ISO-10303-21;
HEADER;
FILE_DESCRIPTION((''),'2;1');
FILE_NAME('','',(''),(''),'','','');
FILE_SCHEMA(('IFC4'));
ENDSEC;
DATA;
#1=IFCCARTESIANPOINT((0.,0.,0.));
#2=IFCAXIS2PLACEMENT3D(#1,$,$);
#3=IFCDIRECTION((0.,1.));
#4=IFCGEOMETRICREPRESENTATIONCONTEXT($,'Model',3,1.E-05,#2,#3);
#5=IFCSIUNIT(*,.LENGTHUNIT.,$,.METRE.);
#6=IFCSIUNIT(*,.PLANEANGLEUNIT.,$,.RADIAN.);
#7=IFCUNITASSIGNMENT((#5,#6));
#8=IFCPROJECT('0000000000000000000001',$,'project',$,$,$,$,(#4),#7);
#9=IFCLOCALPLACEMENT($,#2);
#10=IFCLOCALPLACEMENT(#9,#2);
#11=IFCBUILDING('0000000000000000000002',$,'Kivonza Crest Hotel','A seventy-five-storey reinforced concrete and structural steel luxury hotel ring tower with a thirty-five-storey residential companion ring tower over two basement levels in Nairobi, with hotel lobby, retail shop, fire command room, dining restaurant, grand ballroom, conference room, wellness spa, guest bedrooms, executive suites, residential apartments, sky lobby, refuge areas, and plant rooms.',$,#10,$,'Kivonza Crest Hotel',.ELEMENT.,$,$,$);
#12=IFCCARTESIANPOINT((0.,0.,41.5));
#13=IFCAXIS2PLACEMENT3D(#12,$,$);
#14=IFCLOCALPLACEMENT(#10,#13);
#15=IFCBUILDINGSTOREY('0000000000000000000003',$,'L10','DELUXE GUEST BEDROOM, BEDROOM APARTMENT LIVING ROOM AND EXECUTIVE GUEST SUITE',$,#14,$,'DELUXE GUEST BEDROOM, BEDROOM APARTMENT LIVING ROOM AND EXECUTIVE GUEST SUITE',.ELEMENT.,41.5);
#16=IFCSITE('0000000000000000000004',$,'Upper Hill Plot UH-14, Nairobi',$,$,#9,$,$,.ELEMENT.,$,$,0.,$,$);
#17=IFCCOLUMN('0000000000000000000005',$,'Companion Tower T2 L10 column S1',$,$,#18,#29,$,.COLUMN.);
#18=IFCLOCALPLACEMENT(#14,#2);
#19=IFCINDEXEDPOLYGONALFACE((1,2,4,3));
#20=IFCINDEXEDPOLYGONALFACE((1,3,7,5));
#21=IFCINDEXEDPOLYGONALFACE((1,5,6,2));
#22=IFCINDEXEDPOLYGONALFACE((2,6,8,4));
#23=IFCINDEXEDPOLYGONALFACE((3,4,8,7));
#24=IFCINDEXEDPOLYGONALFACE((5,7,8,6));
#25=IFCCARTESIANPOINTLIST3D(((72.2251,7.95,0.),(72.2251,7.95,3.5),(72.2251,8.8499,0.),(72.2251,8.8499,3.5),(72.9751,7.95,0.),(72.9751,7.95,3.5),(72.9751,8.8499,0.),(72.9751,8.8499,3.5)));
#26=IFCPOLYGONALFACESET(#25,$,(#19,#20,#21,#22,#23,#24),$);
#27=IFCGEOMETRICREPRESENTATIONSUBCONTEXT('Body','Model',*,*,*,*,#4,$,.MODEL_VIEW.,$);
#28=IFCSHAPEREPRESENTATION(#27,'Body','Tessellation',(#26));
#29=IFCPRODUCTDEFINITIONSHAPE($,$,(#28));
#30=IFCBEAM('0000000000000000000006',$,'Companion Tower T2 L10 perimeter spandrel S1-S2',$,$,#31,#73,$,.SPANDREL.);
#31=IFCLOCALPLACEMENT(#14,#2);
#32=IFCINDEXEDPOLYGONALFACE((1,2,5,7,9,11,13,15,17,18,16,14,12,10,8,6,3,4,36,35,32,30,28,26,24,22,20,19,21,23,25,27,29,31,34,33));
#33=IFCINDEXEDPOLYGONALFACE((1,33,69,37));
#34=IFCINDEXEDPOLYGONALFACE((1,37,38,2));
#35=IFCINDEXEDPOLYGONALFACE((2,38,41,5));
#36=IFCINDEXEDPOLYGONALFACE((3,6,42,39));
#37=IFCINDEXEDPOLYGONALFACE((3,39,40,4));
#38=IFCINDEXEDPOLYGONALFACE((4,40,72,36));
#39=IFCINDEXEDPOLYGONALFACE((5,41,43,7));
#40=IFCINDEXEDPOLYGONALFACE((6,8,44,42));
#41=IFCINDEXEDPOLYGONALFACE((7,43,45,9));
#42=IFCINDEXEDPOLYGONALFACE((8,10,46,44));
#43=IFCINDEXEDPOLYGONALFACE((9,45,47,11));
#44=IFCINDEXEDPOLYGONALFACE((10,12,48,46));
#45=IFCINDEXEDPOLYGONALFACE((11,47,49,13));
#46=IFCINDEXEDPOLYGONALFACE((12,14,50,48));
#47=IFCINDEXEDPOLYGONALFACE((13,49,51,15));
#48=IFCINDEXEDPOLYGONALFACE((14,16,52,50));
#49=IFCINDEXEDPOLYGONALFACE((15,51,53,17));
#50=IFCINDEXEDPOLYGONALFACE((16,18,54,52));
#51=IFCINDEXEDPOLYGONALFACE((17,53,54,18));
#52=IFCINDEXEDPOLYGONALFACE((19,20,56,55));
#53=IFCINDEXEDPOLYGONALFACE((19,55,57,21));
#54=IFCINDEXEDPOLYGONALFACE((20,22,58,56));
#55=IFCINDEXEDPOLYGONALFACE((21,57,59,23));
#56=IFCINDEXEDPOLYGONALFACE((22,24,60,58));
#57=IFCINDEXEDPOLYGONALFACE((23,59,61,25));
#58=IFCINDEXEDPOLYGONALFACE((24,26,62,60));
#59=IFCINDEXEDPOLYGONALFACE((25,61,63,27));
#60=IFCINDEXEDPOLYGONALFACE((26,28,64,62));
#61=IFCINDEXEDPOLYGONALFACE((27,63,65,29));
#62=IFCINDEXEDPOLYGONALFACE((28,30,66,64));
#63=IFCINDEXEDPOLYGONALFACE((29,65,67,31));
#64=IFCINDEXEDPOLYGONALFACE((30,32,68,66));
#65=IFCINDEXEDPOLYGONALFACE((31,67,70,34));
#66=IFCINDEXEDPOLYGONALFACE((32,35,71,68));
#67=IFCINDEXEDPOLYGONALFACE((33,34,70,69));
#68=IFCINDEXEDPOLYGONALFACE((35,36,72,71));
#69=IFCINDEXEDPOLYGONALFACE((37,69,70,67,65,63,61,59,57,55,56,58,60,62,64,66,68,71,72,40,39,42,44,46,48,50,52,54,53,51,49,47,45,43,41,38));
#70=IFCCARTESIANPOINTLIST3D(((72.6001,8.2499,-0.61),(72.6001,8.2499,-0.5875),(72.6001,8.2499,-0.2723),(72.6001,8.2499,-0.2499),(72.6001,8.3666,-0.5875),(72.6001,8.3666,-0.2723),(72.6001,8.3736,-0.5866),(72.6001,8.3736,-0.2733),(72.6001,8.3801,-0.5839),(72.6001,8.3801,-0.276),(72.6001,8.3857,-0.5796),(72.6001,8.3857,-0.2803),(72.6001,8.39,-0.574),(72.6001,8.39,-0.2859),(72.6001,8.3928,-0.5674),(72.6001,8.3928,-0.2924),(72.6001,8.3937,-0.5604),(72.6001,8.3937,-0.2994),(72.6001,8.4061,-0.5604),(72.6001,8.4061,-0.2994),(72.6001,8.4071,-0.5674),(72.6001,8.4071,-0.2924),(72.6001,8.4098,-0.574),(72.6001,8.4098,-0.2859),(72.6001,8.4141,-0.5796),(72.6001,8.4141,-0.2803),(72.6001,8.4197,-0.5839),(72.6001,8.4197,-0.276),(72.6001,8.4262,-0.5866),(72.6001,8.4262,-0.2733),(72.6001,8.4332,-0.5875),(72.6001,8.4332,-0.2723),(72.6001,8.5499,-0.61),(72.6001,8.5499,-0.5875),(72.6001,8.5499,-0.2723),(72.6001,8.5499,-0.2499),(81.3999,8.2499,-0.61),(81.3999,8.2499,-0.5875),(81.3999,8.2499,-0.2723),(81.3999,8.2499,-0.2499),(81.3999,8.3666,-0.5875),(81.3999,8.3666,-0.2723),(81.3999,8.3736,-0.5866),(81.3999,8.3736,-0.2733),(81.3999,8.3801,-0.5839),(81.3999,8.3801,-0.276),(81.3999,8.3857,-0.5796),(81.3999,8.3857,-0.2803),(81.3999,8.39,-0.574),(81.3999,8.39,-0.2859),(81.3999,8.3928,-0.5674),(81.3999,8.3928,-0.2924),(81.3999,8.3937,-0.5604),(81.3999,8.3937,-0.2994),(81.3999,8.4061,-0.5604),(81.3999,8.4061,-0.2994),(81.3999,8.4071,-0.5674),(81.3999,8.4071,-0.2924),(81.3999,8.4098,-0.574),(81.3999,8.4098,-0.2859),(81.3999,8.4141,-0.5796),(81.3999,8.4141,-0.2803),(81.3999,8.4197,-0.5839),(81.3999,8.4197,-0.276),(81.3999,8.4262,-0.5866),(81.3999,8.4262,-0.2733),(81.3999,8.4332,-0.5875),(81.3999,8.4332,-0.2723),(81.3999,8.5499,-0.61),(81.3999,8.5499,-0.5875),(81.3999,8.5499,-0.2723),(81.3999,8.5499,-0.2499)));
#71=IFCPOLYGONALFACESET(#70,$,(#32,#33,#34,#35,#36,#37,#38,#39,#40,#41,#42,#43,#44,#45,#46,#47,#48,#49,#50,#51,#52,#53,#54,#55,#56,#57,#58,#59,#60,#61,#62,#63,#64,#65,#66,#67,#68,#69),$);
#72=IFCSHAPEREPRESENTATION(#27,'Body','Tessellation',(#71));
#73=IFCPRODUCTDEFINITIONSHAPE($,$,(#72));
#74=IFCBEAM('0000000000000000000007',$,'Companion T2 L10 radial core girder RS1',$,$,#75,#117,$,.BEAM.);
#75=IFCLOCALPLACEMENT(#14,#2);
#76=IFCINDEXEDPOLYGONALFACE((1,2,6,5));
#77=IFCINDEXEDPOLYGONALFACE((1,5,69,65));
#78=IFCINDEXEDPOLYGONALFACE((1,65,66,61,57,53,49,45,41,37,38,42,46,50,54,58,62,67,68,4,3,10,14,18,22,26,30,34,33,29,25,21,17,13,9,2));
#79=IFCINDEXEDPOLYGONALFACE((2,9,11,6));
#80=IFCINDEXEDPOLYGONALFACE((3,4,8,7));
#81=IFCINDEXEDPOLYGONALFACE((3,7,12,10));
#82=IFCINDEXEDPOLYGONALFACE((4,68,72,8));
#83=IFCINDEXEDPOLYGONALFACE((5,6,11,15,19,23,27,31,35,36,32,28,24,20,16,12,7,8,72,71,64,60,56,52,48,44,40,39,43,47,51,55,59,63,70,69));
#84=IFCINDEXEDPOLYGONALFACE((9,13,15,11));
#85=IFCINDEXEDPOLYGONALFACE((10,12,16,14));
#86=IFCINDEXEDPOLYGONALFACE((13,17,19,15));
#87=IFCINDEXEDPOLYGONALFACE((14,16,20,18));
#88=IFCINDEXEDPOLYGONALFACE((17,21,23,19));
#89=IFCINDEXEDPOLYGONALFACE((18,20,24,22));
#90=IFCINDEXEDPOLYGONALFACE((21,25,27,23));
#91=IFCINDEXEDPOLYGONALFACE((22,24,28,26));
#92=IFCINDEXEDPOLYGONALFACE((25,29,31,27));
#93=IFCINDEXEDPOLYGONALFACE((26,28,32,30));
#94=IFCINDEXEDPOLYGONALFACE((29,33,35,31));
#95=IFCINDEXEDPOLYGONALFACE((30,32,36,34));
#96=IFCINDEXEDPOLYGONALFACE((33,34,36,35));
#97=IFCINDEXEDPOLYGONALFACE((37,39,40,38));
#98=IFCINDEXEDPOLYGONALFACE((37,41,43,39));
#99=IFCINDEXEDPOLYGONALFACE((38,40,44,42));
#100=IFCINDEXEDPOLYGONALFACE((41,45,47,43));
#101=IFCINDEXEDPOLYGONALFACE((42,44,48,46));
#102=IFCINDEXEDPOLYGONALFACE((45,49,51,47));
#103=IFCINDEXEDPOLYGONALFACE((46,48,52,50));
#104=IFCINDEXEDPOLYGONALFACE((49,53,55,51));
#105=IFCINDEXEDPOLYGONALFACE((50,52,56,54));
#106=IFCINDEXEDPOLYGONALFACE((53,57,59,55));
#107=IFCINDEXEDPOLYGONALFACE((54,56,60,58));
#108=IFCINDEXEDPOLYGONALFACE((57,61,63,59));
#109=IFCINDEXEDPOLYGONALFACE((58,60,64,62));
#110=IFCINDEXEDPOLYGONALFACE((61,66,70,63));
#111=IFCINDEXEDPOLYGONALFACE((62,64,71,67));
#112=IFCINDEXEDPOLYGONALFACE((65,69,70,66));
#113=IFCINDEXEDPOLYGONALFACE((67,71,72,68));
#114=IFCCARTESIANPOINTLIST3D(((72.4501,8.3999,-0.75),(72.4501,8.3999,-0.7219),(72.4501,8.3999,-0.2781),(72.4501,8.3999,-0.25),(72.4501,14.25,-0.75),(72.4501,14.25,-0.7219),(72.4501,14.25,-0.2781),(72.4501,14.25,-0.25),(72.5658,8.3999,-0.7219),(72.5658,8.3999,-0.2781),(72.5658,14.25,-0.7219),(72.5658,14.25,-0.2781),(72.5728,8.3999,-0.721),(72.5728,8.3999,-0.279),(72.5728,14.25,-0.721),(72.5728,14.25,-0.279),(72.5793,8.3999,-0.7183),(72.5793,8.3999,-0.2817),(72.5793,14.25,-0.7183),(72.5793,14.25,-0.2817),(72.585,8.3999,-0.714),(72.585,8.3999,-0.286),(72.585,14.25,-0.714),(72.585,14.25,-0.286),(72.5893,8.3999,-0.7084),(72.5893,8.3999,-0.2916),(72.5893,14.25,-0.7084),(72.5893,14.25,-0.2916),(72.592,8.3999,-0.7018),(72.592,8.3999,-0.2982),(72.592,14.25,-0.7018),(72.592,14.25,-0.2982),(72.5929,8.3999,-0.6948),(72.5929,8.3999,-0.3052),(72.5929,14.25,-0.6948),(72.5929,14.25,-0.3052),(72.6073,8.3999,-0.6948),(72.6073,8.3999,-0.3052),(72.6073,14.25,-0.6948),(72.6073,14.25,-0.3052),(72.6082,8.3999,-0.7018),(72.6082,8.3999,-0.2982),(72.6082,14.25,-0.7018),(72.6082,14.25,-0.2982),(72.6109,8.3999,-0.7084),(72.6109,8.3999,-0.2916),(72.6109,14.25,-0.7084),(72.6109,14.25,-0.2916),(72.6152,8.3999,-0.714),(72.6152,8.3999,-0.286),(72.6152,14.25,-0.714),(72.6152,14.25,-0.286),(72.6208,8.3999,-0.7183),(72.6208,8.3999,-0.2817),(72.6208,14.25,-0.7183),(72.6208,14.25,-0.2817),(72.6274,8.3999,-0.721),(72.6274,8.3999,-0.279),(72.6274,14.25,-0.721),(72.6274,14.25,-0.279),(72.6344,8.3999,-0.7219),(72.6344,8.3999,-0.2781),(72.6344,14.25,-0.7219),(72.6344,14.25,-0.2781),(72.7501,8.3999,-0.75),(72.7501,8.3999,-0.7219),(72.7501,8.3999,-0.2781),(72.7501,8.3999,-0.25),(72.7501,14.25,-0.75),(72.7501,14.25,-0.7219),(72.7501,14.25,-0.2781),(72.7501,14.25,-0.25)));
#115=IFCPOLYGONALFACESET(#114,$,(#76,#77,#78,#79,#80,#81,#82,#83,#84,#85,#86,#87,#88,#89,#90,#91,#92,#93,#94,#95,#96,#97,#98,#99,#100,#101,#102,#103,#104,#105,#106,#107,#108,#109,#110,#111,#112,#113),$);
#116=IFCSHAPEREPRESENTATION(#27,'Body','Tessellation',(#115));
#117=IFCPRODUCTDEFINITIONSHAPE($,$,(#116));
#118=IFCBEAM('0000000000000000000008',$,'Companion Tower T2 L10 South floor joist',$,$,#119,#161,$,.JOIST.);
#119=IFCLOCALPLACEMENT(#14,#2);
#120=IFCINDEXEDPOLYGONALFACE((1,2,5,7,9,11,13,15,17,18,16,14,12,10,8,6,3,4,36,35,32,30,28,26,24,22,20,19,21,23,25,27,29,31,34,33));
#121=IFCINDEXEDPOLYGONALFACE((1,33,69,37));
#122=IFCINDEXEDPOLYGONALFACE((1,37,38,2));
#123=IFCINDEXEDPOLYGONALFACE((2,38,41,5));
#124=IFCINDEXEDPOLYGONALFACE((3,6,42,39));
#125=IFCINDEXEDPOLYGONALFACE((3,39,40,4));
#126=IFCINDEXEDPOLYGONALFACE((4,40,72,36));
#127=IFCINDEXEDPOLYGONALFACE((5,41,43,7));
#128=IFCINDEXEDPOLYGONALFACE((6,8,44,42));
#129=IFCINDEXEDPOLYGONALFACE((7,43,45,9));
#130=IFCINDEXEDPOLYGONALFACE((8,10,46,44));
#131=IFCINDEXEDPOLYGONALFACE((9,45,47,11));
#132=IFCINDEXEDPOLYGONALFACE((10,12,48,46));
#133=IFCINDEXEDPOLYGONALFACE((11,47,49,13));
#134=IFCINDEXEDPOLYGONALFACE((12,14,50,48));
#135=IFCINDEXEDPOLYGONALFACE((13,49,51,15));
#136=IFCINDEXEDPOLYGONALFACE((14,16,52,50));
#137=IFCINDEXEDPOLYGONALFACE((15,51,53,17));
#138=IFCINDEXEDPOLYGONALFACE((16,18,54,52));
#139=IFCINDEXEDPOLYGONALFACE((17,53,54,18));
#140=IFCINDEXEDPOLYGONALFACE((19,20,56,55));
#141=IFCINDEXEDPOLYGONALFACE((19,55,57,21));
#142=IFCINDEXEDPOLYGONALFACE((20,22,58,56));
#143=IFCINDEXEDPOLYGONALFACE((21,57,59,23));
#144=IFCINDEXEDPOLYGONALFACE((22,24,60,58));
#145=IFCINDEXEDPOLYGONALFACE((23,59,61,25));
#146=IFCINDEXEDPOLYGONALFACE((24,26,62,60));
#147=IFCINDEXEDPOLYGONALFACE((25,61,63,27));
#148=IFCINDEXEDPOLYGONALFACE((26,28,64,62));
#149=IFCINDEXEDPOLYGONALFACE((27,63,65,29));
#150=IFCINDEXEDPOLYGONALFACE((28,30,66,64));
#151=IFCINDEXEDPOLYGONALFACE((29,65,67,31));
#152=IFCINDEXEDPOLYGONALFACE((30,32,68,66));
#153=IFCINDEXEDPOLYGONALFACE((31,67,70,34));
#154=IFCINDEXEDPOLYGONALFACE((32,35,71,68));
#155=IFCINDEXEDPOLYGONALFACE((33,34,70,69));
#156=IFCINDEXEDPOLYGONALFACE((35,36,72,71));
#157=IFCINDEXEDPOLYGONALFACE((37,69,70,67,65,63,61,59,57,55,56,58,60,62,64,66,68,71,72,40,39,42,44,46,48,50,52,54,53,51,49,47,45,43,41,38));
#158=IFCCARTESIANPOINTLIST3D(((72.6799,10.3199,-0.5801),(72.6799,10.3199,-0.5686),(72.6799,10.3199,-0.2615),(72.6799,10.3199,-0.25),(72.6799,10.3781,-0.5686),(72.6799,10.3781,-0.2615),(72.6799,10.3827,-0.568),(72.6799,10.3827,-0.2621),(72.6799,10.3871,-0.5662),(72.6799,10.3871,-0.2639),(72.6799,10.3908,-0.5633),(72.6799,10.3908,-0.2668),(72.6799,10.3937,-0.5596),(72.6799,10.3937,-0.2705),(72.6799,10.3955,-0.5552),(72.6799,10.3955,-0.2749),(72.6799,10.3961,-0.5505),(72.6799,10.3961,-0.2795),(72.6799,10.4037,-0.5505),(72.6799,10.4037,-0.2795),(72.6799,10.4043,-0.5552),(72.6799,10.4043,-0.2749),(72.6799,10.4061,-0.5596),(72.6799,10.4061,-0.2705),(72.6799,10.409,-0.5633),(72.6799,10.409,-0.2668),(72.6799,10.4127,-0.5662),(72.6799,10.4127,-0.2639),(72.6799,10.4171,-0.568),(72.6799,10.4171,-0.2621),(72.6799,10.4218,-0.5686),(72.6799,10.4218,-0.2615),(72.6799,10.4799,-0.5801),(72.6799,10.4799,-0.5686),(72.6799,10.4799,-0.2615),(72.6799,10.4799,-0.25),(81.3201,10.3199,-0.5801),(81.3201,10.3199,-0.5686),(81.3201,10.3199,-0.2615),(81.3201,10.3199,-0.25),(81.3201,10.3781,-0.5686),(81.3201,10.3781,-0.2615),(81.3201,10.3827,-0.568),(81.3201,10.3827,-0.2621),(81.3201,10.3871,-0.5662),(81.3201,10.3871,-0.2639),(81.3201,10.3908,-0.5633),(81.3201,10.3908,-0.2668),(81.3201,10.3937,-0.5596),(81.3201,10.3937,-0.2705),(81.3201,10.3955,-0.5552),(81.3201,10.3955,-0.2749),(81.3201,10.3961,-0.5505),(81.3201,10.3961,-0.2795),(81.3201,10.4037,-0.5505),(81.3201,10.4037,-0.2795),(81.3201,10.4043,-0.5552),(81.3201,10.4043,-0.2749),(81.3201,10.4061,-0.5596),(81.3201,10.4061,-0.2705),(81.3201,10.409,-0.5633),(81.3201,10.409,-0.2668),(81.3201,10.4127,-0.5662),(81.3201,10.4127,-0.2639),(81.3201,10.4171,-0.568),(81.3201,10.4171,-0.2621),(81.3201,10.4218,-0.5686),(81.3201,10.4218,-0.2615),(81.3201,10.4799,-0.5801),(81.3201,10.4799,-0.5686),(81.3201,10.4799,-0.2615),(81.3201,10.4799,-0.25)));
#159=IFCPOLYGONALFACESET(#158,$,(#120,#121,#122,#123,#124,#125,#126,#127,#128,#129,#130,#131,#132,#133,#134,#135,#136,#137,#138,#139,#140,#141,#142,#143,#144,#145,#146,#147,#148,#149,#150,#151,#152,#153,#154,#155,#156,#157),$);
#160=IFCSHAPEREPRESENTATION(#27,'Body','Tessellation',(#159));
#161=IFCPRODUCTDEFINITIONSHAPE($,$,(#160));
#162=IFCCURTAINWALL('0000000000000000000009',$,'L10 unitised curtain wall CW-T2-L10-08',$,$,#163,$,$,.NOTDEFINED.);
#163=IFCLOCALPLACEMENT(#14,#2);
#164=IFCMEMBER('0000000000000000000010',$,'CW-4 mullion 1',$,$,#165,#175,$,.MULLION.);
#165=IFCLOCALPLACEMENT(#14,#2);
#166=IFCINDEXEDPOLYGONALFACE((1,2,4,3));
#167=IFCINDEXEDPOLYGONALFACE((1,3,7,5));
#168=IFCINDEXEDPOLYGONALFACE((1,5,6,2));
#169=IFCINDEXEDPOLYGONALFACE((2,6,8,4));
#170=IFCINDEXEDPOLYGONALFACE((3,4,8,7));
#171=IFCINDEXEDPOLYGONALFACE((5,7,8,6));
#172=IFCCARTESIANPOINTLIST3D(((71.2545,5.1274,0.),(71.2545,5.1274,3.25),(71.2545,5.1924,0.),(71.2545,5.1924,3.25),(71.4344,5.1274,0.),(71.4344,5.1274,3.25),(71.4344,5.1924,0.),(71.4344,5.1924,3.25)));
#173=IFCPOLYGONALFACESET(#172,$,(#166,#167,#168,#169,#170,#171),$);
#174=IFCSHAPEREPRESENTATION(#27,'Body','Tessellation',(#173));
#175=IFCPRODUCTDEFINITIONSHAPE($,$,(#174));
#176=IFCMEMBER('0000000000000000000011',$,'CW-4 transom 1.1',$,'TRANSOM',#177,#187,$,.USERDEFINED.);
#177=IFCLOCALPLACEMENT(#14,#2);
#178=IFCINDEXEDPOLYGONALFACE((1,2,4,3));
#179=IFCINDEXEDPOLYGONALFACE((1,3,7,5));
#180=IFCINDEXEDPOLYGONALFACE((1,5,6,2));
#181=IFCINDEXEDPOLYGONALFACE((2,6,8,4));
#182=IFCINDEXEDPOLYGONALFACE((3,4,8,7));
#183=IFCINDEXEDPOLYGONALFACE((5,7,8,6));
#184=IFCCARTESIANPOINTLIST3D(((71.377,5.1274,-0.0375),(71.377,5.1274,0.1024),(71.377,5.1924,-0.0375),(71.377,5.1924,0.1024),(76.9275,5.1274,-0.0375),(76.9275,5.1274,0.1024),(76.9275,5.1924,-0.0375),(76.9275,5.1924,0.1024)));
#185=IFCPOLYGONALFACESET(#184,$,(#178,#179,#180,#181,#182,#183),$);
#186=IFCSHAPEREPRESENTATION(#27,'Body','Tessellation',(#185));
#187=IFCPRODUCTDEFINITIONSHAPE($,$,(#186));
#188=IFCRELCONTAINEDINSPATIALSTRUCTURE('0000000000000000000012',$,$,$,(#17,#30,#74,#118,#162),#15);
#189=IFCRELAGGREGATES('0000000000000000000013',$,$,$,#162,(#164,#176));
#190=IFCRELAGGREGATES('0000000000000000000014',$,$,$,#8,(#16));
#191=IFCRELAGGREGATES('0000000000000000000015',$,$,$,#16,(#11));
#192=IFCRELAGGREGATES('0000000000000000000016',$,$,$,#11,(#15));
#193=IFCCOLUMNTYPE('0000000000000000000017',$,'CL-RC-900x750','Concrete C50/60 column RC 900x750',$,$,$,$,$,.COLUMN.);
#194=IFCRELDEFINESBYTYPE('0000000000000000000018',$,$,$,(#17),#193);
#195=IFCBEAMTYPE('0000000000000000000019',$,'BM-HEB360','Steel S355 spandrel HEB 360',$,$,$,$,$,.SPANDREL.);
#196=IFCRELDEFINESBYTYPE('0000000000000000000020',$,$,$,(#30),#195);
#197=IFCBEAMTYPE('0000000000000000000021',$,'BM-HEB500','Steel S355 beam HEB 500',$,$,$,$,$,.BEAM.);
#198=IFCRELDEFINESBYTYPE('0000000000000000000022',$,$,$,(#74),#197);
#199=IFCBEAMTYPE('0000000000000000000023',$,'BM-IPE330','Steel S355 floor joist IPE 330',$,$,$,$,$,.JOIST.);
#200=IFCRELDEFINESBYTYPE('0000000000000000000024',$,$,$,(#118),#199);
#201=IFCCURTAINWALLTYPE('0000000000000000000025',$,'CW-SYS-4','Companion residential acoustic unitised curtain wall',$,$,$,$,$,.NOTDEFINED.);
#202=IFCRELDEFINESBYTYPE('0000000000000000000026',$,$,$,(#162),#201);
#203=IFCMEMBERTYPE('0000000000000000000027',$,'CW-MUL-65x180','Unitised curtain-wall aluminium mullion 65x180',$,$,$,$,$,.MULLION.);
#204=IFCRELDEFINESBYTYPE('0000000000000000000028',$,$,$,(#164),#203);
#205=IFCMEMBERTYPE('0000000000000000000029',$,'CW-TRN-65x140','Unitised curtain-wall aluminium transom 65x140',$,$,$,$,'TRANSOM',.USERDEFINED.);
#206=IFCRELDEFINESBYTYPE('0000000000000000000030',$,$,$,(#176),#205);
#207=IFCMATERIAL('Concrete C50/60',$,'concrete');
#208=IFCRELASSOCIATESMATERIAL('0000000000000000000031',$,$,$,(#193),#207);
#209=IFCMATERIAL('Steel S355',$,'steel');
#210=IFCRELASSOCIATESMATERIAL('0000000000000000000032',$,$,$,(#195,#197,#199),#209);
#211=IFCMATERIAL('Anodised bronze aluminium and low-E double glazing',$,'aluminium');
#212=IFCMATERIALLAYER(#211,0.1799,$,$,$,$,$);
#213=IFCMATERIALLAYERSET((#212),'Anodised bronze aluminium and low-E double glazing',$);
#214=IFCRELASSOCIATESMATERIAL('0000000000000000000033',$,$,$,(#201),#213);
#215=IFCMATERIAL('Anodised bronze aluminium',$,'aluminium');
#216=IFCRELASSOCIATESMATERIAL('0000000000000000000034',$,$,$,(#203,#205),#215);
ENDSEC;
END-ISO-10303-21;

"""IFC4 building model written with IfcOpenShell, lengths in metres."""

from ifc_helpers import new_model, si_unit, direction, frame, origin, origin_2d, place, context, subcontext, project, spatial, rectangle, i_section, extrude, material, layer, layer_set, material_profile, profile_set, type_object, element, aggregate, save


model = new_model("IFC4")

# Units and contexts
model_context = context("Model", 3, precision=1e-05, world=origin(), true_north=direction((0.0, 1.0)))
body_context = subcontext(model_context, "Body", "Model", "MODEL_VIEW")
ifc_project = project(units=[si_unit("LENGTHUNIT", "METRE"), si_unit("PLANEANGLEUNIT", "RADIAN")], contexts=[model_context])

# Site, building, storey
site_placement = place(None, origin())
site = spatial("IfcSite", under=ifc_project, at=site_placement, Name="Upper Hill Plot UH-14, Nairobi", CompositionType="ELEMENT", RefElevation=0.0)
building_placement = place(site_placement, origin())
building = spatial("IfcBuilding", under=site, at=building_placement, Name="Kivonza Crest Hotel", Description="A seventy-five-storey reinforced concrete and structural steel luxury hotel ring tower with a thirty-five-storey residential companion ring tower over two basement levels in Nairobi, with hotel lobby, retail shop, fire command room, dining restaurant, grand ballroom, conference room, wellness spa, guest bedrooms, executive suites, residential apartments, sky lobby, refuge areas, and plant rooms.", LongName="Kivonza Crest Hotel", CompositionType="ELEMENT")
storey_placement = place(building_placement, frame((0.0, 0.0, 41.5)))
storey = spatial("IfcBuildingStorey", under=building, at=storey_placement, Name="L10", Description="DELUXE GUEST BEDROOM, BEDROOM APARTMENT LIVING ROOM AND EXECUTIVE GUEST SUITE", LongName="DELUXE GUEST BEDROOM, BEDROOM APARTMENT LIVING ROOM AND EXECUTIVE GUEST SUITE", CompositionType="ELEMENT", Elevation=41.5)

# Column
ifc_material_1 = material(Name="Concrete C50/60", Category="concrete")
ifc_material_profile_1 = material_profile(ifc_material_1, rectangle(XDim=0.75, YDim=0.8999, at=origin_2d()), Name="RC 900x750")
ifc_profile_set_1 = profile_set([ifc_material_profile_1], Name="Concrete C50/60")
column_type = type_object("IfcColumnType", Name="CL-RC-900x750", Description="Concrete C50/60 column RC 900x750", PredefinedType="COLUMN", material=ifc_profile_set_1)
column_placement = place(storey_placement, frame((72.6001, 8.3999, 0.0), z_axis=(0.0, 0.0, 1.0), x_axis=(1.0, 0.0, 0.0)))
element("IfcColumn", 1, at=column_placement, inside=storey, type_object=column_type, Name="Companion Tower T2 L10 column S1", PredefinedType="COLUMN", context=body_context, shape_type="SweptSolid", body=[
    extrude(rectangle(XDim=0.75, YDim=0.8999, at=origin_2d()), origin(), (0.0, 0.0, 1.0), 3.5),
])

# Beams
ifc_material_2 = material(Name="Steel S355", Category="steel")
ifc_material_profile_2 = material_profile(ifc_material_2, i_section(OverallWidth=0.3, OverallDepth=0.3601, WebThickness=0.0125, FlangeThickness=0.0225, FilletRadius=0.0271, at=origin_2d()), Name="HEB 360")
ifc_profile_set_2 = profile_set([ifc_material_profile_2], Name="Steel S355")
beam_type_1 = type_object("IfcBeamType", Name="BM-HEB360", Description="Steel S355 spandrel HEB 360", PredefinedType="SPANDREL", material=ifc_profile_set_2)
beam_1_placement = place(storey_placement, frame((72.6001, 8.3999, -0.4299), z_axis=(1.0, 0.0, 0.0), x_axis=(0.0, 1.0, 0.0)))
element("IfcBeam", 2, at=beam_1_placement, inside=storey, type_object=beam_type_1, Name="Companion Tower T2 L10 perimeter spandrel S1-S2", PredefinedType="SPANDREL", context=body_context, shape_type="SweptSolid", body=[
    extrude(i_section(OverallWidth=0.3, OverallDepth=0.3601, WebThickness=0.0125, FlangeThickness=0.0225, FilletRadius=0.0271, at=origin_2d()), origin(), (0.0, 0.0, 1.0), 8.7998),
])
ifc_material_profile_3 = material_profile(ifc_material_2, i_section(OverallWidth=0.3, OverallDepth=0.5, WebThickness=0.0144, FlangeThickness=0.0281, FilletRadius=0.0271, at=origin_2d()), Name="HEB 500")
ifc_profile_set_3 = profile_set([ifc_material_profile_3], Name="Steel S355")
beam_type_2 = type_object("IfcBeamType", Name="BM-HEB500", Description="Steel S355 beam HEB 500", PredefinedType="BEAM", material=ifc_profile_set_3)
beam_2_placement = place(storey_placement, frame((72.6001, 8.3999, -0.5), z_axis=(0.0, 1.0, 0.0), x_axis=(-1.0, 0.0, 0.0)))
element("IfcBeam", 3, at=beam_2_placement, inside=storey, type_object=beam_type_2, Name="Companion T2 L10 radial core girder RS1", PredefinedType="BEAM", context=body_context, shape_type="SweptSolid", body=[
    extrude(i_section(OverallWidth=0.3, OverallDepth=0.5, WebThickness=0.0144, FlangeThickness=0.0281, FilletRadius=0.0271, at=origin_2d()), origin(), (0.0, 0.0, 1.0), 5.8501),
])
ifc_material_profile_4 = material_profile(ifc_material_2, i_section(OverallWidth=0.1599, OverallDepth=0.3301, WebThickness=0.0076, FlangeThickness=0.0115, FilletRadius=0.0181, at=origin_2d()), Name="IPE 330")
ifc_profile_set_4 = profile_set([ifc_material_profile_4], Name="Steel S355")
beam_type_3 = type_object("IfcBeamType", Name="BM-IPE330", Description="Steel S355 floor joist IPE 330", PredefinedType="JOIST", material=ifc_profile_set_4)
beam_3_placement = place(storey_placement, frame((72.6799, 10.3999, -0.415), z_axis=(1.0, 0.0, 0.0), x_axis=(0.0, 1.0, 0.0)))
element("IfcBeam", 4, at=beam_3_placement, inside=storey, type_object=beam_type_3, Name="Companion Tower T2 L10 South floor joist", PredefinedType="JOIST", context=body_context, shape_type="SweptSolid", body=[
    extrude(i_section(OverallWidth=0.1599, OverallDepth=0.3301, WebThickness=0.0076, FlangeThickness=0.0115, FilletRadius=0.0181, at=origin_2d()), origin(), (0.0, 0.0, 1.0), 8.6401),
])

# Curtain wall, members
ifc_material_3 = material(Name="Anodised bronze aluminium and low-E double glazing", Category="aluminium")
ifc_layer_1 = layer(ifc_material_3, 0.1799)
ifc_layer_set_1 = layer_set([ifc_layer_1], Name="Anodised bronze aluminium and low-E double glazing")
curtain_wall_type = type_object("IfcCurtainWallType", Name="CW-SYS-4", Description="Companion residential acoustic unitised curtain wall", PredefinedType="NOTDEFINED", material=ifc_layer_set_1)
curtain_wall_placement = place(storey_placement, origin())
curtain_wall = element("IfcCurtainWall", 5, at=curtain_wall_placement, inside=storey, type_object=curtain_wall_type, Name="L10 unitised curtain wall CW-T2-L10-08", PredefinedType="NOTDEFINED")
ifc_material_4 = material(Name="Anodised bronze aluminium", Category="aluminium")
ifc_material_profile_5 = material_profile(ifc_material_4, rectangle(XDim=0.0649, YDim=0.1799, at=origin_2d()), Name="CW-M 65x180")
ifc_profile_set_5 = profile_set([ifc_material_profile_5], Name="Anodised bronze aluminium")
member_type_1 = type_object("IfcMemberType", Name="CW-MUL-65x180", Description="Unitised curtain-wall aluminium mullion 65x180", PredefinedType="MULLION", material=ifc_profile_set_5)
member_1_placement = place(storey_placement, frame((71.3445, 5.1599, 0.0), z_axis=(0.0, 0.0, 1.0), x_axis=(0.0, 1.0, 0.0)))
member_1 = element("IfcMember", 6, at=member_1_placement, type_object=member_type_1, Name="CW-4 mullion 1", PredefinedType="MULLION", context=body_context, shape_type="SweptSolid", body=[
    extrude(rectangle(XDim=0.0649, YDim=0.1799, at=origin_2d()), origin(), (0.0, 0.0, 1.0), 3.25),
])
ifc_material_profile_6 = material_profile(ifc_material_4, rectangle(XDim=0.0649, YDim=0.1399, at=origin_2d()), Name="CW-T 65x140")
ifc_profile_set_6 = profile_set([ifc_material_profile_6], Name="Anodised bronze aluminium")
member_type_2 = type_object("IfcMemberType", Name="CW-TRN-65x140", Description="Unitised curtain-wall aluminium transom 65x140", ElementType="TRANSOM", PredefinedType="USERDEFINED", material=ifc_profile_set_6)
member_2_placement = place(storey_placement, frame((71.377, 5.1599, 0.0325), z_axis=(1.0, 0.0, 0.0), x_axis=(0.0, 1.0, 0.0)))
member_2 = element("IfcMember", 7, at=member_2_placement, type_object=member_type_2, Name="CW-4 transom 1.1", ObjectType="TRANSOM", PredefinedType="USERDEFINED", context=body_context, shape_type="SweptSolid", body=[
    extrude(rectangle(XDim=0.0649, YDim=0.1399, at=origin_2d()), origin(), (0.0, 0.0, 1.0), 5.5505),
])
aggregate(curtain_wall, [member_1, member_2])

save(model, "model.ifc")
